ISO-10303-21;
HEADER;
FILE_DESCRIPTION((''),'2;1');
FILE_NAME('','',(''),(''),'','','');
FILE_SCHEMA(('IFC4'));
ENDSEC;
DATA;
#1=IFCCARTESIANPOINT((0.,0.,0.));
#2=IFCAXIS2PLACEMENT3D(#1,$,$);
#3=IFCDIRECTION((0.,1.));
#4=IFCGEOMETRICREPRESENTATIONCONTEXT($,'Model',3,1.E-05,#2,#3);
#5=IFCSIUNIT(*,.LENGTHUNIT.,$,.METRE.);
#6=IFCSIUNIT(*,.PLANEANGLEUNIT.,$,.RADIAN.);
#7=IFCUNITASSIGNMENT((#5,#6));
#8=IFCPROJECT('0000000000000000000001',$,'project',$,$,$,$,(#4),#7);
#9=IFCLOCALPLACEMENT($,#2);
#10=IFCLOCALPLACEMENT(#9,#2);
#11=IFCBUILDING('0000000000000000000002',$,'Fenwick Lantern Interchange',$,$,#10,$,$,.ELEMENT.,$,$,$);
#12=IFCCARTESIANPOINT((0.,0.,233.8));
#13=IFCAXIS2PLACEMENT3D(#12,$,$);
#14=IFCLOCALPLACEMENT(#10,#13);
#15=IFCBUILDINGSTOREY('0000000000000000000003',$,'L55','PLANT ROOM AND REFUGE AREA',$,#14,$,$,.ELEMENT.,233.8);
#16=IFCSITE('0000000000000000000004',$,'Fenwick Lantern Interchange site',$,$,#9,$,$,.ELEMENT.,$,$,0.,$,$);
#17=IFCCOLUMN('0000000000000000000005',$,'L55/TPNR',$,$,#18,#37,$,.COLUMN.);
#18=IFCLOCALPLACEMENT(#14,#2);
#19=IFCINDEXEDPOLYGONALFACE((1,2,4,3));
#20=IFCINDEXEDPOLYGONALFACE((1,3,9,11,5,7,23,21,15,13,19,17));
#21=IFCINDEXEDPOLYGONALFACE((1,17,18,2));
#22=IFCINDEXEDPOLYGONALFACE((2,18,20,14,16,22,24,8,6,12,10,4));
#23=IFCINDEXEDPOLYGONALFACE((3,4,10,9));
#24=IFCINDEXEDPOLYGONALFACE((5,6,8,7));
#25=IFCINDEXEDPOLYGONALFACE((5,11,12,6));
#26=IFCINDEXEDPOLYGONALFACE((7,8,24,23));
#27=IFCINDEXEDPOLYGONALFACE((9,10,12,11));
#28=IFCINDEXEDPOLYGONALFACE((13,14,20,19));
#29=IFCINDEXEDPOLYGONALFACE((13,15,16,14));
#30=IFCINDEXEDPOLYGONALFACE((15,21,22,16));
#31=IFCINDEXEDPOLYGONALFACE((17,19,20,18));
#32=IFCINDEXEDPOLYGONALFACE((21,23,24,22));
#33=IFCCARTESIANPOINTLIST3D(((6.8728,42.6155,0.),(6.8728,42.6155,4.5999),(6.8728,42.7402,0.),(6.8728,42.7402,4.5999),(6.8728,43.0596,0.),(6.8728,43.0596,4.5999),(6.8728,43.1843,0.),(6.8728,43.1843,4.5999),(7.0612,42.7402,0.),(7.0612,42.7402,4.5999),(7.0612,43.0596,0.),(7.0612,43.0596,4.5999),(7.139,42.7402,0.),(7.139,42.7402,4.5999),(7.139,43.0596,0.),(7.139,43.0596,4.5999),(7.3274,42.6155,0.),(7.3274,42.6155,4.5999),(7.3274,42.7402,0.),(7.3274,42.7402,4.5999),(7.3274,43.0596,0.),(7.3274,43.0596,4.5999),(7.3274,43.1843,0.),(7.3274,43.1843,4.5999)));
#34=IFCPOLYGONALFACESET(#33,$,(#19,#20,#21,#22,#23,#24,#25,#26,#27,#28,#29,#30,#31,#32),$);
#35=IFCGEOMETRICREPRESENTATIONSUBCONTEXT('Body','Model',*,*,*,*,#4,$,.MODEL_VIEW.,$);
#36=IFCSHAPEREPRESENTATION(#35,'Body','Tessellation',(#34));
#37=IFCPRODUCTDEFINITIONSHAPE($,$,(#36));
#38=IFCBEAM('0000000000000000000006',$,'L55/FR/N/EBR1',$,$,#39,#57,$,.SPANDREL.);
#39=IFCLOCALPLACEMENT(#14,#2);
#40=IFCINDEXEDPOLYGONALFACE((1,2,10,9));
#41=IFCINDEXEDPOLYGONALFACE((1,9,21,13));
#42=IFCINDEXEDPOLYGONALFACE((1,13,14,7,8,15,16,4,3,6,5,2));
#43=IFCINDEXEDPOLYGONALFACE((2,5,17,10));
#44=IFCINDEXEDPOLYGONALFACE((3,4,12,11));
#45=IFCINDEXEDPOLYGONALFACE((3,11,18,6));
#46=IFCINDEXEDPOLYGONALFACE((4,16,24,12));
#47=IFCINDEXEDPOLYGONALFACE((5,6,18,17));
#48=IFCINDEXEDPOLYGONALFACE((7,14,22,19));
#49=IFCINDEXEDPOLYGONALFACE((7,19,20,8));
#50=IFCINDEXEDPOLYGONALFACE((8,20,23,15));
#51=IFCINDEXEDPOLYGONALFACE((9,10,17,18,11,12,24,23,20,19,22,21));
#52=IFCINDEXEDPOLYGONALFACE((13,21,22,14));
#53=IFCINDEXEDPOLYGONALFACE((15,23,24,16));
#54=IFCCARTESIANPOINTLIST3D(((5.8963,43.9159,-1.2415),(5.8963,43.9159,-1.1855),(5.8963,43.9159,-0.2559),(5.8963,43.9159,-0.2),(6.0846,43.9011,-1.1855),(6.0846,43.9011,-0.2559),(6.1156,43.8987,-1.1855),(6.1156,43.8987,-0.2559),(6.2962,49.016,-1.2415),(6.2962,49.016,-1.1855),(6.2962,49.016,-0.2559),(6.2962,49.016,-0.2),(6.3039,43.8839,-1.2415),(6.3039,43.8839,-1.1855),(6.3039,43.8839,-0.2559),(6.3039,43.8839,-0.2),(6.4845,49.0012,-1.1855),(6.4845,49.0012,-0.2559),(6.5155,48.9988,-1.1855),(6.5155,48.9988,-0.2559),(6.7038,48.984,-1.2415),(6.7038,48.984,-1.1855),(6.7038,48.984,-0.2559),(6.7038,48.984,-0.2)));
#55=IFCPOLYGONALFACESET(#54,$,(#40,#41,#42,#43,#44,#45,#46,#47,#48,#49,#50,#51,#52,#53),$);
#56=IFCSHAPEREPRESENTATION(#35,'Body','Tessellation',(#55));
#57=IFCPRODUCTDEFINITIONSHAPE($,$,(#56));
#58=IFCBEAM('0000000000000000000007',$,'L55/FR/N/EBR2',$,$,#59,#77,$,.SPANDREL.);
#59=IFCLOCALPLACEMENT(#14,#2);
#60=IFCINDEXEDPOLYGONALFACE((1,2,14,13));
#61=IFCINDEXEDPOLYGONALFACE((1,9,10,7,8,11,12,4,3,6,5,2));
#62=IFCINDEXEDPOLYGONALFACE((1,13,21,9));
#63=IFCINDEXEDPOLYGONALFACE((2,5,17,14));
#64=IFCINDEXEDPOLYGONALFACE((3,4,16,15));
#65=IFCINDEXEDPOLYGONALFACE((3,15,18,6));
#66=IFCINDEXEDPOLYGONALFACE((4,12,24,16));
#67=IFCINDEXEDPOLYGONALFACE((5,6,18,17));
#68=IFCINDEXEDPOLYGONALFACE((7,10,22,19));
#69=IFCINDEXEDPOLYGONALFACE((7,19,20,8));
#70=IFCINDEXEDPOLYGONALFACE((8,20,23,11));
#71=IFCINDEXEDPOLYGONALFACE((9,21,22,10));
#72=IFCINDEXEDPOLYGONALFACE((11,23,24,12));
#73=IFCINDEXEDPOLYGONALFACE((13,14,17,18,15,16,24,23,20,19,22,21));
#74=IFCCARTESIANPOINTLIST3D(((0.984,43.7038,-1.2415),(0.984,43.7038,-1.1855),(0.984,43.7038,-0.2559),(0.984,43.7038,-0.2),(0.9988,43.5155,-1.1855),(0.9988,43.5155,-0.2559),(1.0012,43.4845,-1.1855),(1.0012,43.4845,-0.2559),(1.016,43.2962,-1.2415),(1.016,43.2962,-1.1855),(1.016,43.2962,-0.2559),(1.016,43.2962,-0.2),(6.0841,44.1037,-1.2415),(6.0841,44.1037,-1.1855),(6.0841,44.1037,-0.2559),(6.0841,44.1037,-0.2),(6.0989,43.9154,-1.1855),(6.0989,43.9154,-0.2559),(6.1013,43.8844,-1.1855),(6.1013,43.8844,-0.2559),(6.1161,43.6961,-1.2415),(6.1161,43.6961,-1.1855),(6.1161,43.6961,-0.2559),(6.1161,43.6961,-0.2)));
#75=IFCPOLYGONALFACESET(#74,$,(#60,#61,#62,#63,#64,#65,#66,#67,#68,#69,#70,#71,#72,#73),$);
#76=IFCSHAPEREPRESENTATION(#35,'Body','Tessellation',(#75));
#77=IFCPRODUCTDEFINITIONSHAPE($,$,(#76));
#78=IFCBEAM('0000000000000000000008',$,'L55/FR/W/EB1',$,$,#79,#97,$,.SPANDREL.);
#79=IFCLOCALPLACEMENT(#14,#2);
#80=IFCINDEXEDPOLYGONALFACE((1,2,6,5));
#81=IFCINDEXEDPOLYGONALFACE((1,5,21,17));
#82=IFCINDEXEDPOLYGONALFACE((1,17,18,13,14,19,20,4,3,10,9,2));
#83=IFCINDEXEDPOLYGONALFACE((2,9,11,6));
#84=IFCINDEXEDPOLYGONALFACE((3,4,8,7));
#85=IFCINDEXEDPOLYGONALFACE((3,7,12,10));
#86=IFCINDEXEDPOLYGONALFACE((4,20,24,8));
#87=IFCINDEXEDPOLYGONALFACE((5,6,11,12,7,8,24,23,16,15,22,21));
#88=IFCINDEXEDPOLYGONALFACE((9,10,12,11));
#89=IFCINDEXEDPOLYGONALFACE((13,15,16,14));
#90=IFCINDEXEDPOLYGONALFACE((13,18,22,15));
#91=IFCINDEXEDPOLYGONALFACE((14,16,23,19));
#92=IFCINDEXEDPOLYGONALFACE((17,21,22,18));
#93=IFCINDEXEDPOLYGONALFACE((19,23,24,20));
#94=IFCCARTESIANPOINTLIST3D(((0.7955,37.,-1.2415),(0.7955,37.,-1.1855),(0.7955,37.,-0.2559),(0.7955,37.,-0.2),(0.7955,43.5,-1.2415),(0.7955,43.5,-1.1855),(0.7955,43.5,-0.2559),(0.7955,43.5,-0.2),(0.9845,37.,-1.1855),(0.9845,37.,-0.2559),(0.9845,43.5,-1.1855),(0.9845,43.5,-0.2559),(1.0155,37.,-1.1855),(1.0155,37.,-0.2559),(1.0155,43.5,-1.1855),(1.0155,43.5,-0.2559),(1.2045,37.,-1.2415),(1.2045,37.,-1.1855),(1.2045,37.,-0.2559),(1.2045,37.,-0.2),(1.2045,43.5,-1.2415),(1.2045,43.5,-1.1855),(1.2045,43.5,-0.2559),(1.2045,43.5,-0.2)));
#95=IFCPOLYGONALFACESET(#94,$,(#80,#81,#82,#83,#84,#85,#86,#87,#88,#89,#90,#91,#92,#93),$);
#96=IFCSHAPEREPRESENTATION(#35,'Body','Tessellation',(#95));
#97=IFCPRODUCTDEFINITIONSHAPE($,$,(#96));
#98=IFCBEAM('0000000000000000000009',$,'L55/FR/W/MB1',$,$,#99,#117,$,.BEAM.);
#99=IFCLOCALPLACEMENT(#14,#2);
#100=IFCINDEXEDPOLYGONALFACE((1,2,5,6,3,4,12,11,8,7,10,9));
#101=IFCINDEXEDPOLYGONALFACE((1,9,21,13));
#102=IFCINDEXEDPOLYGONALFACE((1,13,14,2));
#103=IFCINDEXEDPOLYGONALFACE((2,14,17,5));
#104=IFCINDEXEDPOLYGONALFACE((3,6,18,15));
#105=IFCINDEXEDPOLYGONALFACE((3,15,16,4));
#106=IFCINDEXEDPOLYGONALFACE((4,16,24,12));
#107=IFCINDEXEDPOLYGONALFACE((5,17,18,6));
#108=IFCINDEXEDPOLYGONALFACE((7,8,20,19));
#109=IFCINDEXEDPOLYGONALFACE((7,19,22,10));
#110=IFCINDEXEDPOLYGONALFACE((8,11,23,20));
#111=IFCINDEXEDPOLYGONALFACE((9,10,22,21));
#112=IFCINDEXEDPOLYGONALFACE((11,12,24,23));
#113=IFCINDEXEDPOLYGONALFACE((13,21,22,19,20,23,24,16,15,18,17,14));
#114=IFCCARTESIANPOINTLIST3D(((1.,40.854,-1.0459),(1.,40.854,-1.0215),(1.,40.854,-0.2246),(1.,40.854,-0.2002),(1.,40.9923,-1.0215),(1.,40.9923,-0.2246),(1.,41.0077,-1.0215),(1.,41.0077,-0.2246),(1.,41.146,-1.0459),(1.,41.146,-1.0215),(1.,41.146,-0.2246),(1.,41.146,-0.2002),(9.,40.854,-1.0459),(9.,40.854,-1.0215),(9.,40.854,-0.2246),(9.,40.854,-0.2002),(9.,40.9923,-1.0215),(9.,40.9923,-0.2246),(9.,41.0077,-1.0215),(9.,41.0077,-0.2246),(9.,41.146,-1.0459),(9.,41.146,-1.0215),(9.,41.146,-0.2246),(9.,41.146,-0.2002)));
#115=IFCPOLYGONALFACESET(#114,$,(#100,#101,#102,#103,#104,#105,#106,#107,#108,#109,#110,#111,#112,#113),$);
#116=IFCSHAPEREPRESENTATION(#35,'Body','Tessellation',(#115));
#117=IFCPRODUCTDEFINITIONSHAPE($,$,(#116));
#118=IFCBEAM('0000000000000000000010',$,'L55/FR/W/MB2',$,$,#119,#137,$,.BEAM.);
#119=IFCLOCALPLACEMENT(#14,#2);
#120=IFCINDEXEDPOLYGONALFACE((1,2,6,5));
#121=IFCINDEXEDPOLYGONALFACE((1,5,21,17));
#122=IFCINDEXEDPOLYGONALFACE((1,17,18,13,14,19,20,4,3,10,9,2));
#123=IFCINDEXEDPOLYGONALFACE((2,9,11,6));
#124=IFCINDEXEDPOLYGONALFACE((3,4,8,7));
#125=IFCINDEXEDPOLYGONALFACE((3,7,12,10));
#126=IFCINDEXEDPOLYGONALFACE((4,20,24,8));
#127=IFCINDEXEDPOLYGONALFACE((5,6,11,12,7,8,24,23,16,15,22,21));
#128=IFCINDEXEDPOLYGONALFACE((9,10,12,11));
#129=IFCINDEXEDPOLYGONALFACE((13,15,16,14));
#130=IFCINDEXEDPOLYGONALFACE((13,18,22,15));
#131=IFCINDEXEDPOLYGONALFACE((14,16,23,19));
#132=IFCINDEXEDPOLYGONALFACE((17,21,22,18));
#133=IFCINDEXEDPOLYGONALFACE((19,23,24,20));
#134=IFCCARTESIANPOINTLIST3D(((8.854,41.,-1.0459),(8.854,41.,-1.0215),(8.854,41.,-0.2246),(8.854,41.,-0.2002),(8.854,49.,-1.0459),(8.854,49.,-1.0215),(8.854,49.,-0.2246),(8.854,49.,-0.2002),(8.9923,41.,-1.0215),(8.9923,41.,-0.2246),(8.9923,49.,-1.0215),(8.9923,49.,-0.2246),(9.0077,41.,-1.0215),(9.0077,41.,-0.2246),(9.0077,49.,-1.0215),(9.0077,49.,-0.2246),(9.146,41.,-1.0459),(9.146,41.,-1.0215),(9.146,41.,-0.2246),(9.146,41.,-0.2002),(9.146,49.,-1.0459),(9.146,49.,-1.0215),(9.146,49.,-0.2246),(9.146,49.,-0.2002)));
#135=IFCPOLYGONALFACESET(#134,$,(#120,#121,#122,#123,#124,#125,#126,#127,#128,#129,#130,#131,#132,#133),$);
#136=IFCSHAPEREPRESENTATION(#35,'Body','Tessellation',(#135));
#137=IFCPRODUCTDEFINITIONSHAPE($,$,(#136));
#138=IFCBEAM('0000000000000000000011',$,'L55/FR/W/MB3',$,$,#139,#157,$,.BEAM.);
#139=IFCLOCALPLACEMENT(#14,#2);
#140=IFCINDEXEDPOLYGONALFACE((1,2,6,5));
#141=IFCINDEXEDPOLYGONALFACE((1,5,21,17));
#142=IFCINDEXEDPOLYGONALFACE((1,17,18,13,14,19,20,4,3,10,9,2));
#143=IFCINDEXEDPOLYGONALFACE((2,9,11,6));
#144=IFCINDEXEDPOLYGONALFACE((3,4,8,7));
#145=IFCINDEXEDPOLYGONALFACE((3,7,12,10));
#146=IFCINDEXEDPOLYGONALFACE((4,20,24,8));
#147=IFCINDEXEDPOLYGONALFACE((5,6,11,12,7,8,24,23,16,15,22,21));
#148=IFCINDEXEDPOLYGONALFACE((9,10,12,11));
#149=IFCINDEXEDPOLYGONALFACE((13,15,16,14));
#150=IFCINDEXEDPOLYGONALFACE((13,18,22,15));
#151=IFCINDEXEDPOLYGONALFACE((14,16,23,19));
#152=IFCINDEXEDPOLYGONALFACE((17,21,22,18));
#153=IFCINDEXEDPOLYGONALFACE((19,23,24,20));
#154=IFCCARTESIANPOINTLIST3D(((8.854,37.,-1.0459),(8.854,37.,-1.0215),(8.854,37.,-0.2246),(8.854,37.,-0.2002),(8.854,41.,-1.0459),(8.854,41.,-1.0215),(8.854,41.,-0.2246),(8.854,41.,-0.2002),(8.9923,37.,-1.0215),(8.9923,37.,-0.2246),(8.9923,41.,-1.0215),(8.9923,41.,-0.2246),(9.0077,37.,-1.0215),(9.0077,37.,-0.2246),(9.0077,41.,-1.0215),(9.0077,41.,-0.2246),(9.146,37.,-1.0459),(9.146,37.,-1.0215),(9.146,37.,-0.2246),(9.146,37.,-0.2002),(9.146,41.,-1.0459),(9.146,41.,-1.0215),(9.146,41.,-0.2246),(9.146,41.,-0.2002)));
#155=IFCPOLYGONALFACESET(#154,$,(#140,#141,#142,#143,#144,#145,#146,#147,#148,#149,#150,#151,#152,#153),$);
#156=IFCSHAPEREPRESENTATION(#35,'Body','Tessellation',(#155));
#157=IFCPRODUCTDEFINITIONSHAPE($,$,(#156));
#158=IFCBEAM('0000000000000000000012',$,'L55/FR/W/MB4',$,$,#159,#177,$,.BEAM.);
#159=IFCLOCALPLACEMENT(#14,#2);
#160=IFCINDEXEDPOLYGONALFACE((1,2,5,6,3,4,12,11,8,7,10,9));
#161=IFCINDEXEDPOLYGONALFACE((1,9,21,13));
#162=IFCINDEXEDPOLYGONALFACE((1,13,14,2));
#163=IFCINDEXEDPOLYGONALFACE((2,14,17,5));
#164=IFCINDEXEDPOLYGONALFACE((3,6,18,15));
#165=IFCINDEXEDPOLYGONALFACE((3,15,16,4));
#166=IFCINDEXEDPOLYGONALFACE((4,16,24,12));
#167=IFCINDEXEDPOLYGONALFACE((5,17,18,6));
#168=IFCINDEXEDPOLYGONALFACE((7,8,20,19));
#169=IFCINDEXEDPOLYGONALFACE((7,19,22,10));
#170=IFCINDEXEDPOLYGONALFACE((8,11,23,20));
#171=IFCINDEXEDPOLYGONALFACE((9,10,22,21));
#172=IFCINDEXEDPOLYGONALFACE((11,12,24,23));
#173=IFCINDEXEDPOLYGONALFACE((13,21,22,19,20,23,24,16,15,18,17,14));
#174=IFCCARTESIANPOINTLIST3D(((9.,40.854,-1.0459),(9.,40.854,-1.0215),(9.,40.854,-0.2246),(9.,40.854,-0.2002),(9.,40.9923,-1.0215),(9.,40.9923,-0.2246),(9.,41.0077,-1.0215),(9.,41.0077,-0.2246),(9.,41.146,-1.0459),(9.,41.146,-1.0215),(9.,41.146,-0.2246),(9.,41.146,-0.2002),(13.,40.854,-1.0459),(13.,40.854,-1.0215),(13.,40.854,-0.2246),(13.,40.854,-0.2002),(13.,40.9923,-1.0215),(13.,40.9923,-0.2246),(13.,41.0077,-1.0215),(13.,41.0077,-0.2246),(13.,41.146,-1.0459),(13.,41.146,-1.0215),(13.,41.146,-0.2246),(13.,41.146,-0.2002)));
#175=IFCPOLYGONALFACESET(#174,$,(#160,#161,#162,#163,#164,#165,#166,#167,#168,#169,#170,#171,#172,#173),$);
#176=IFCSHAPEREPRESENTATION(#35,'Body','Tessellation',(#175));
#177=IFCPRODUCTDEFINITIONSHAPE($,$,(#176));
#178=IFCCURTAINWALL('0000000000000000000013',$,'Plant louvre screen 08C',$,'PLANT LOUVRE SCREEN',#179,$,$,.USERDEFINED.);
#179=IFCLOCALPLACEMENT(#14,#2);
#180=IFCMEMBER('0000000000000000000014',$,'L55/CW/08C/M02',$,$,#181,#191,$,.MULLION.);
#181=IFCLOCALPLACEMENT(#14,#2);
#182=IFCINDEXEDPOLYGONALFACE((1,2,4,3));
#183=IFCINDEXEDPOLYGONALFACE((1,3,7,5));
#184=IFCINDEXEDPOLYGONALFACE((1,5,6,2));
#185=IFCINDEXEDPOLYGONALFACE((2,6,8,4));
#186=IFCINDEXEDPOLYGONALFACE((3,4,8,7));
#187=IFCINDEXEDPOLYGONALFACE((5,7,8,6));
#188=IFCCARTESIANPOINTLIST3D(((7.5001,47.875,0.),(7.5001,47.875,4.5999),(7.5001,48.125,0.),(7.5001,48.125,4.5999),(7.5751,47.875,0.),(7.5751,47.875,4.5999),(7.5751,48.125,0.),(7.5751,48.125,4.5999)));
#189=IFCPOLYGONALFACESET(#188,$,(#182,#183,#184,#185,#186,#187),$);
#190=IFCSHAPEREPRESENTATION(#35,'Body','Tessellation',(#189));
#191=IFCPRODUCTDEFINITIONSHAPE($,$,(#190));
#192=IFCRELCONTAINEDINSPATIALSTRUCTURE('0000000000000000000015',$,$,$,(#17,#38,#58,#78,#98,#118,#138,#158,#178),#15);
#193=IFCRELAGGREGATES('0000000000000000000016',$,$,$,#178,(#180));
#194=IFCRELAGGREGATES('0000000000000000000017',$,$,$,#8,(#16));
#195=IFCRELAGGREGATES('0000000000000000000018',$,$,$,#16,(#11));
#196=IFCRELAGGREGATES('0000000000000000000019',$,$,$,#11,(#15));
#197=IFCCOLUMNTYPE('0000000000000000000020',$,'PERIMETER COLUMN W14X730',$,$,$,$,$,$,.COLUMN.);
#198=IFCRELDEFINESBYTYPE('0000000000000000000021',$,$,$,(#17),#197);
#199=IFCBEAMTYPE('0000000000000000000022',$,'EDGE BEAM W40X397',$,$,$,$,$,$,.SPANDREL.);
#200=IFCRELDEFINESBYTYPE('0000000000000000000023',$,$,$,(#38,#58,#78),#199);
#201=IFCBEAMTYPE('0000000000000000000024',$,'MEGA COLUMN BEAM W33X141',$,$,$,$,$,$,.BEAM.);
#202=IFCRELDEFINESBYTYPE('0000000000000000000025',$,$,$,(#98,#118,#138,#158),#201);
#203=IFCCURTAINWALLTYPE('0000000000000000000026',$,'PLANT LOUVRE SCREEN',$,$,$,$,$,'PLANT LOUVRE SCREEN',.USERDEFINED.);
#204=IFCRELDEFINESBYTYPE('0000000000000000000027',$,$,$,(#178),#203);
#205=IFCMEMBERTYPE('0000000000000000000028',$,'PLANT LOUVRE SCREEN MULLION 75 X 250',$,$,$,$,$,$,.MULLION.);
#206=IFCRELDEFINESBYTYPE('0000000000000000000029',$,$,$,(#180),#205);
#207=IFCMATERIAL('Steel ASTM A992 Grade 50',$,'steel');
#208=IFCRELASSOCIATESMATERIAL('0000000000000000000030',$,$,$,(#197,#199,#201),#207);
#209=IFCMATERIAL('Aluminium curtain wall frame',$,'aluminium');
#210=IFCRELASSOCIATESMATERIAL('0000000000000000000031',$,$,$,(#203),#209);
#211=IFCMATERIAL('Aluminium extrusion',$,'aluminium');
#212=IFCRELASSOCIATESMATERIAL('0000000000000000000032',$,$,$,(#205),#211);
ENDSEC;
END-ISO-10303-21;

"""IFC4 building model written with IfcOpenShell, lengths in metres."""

from ifc_helpers import new_model, si_unit, direction, frame, origin, origin_2d, place, context, subcontext, project, spatial, rectangle, i_section, extrude, material, material_profile, profile_set, type_object, element, aggregate, save


model = new_model("IFC4")

# Units and contexts
model_context = context("Model", 3, precision=1e-05, world=origin(), true_north=direction((0.0, 1.0)))
body_context = subcontext(model_context, "Body", "Model", "MODEL_VIEW")
ifc_project = project(units=[si_unit("LENGTHUNIT", "METRE"), si_unit("PLANEANGLEUNIT", "RADIAN")], contexts=[model_context])

# Site, building, storey
site_placement = place(None, origin())
site = spatial("IfcSite", under=ifc_project, at=site_placement, Name="Fenwick Lantern Interchange site", CompositionType="ELEMENT", RefElevation=0.0)
building_placement = place(site_placement, origin())
building = spatial("IfcBuilding", under=site, at=building_placement, Name="Fenwick Lantern Interchange", CompositionType="ELEMENT")
storey_placement = place(building_placement, frame((0.0, 0.0, 233.8)))
storey = spatial("IfcBuildingStorey", under=building, at=storey_placement, Name="L55", Description="PLANT ROOM AND REFUGE AREA", CompositionType="ELEMENT", Elevation=233.8)

# Column
ifc_material_1 = material(Name="Steel ASTM A992 Grade 50", Category="steel")
ifc_material_profile_1 = material_profile(ifc_material_1, i_section(OverallWidth=0.4546, OverallDepth=0.5688, WebThickness=0.0779, FlangeThickness=0.1248, at=origin_2d()), Name="W14X730")
ifc_profile_set_1 = profile_set([ifc_material_profile_1], Name="Steel ASTM A992 Grade 50")
column_type = type_object("IfcColumnType", Name="PERIMETER COLUMN W14X730", PredefinedType="COLUMN", material=ifc_profile_set_1)
column_placement = place(storey_placement, frame((7.1001, 42.8999, 0.0), z_axis=(0.0, 0.0, 1.0), x_axis=(1.0, 0.0, 0.0)))
element("IfcColumn", 1, at=column_placement, inside=storey, type_object=column_type, Name="L55/TPNR", PredefinedType="COLUMN", context=body_context, shape_type="SweptSolid", body=[
    extrude(i_section(OverallWidth=0.4546, OverallDepth=0.5688, WebThickness=0.0779, FlangeThickness=0.1248, at=origin_2d()), origin(), (0.0, 0.0, 1.0), 4.5999),
])

# Beams
ifc_material_profile_2 = material_profile(ifc_material_1, i_section(OverallWidth=0.4089, OverallDepth=1.0415, WebThickness=0.031, FlangeThickness=0.0559, at=origin_2d()), Name="W40X397")
ifc_profile_set_2 = profile_set([ifc_material_profile_2], Name="Steel ASTM A992 Grade 50")
beam_type_1 = type_object("IfcBeamType", Name="EDGE BEAM W40X397", PredefinedType="SPANDREL", material=ifc_profile_set_2)
for number, where, z_axis, x_axis, name in (
    (2, (6.5, 49.0, -0.7207), (-0.078171, -0.99694, 0.0), (0.99694, -0.078171, 0.0), "L55/FR/N/EBR1"),
    (3, (6.1001, 43.8999, -0.7207), (-0.99694, -0.078171, 0.0), (0.078171, -0.99694, 0.0), "L55/FR/N/EBR2"),
):
    element("IfcBeam", number, at=place(storey_placement, frame(where, z_axis=z_axis, x_axis=x_axis)), inside=storey, type_object=beam_type_1, Name=name, PredefinedType="SPANDREL", context=body_context, shape_type="SweptSolid", body=[
        extrude(i_section(OverallWidth=0.4089, OverallDepth=1.0415, WebThickness=0.031, FlangeThickness=0.0559, at=origin_2d()), origin(), (0.0, 0.0, 1.0), 5.1157),
    ])
beam_placement = place(storey_placement, frame((1.0, 43.5, -0.7207), z_axis=(0.0, -1.0, 0.0), x_axis=(1.0, 0.0, 0.0)))
element("IfcBeam", 4, at=beam_placement, inside=storey, type_object=beam_type_1, Name="L55/FR/W/EB1", PredefinedType="SPANDREL", context=body_context, shape_type="SweptSolid", body=[
    extrude(i_section(OverallWidth=0.4089, OverallDepth=1.0415, WebThickness=0.031, FlangeThickness=0.0559, at=origin_2d()), origin(), (0.0, 0.0, 1.0), 6.5),
])
ifc_material_profile_3 = material_profile(ifc_material_1, i_section(OverallWidth=0.292, OverallDepth=0.8457, WebThickness=0.0154, FlangeThickness=0.0244, at=origin_2d()), Name="W33X141")
ifc_profile_set_3 = profile_set([ifc_material_profile_3], Name="Steel ASTM A992 Grade 50")
beam_type_2 = type_object("IfcBeamType", Name="MEGA COLUMN BEAM W33X141", PredefinedType="BEAM", material=ifc_profile_set_3)
for number, where, z_axis, x_axis, name in (
    (5, (9.0, 41.0, -0.623), (-1.0, 0.0, 0.0), (0.0, -1.0, 0.0), "L55/FR/W/MB1"),
    (6, (9.0, 41.0, -0.623), (0.0, 1.0, 0.0), (-1.0, 0.0, 0.0), "L55/FR/W/MB2"),
):
    element("IfcBeam", number, at=place(storey_placement, frame(where, z_axis=z_axis, x_axis=x_axis)), inside=storey, type_object=beam_type_2, Name=name, PredefinedType="BEAM", context=body_context, shape_type="SweptSolid", body=[
        extrude(i_section(OverallWidth=0.292, OverallDepth=0.8457, WebThickness=0.0154, FlangeThickness=0.0244, at=origin_2d()), origin(), (0.0, 0.0, 1.0), 8.0),
    ])
for number, where, z_axis, x_axis, name in (
    (7, (9.0, 41.0, -0.623), (0.0, -1.0, 0.0), (1.0, 0.0, 0.0), "L55/FR/W/MB3"),
    (8, (9.0, 41.0, -0.623), (1.0, 0.0, 0.0), (0.0, 1.0, 0.0), "L55/FR/W/MB4"),
):
    element("IfcBeam", number, at=place(storey_placement, frame(where, z_axis=z_axis, x_axis=x_axis)), inside=storey, type_object=beam_type_2, Name=name, PredefinedType="BEAM", context=body_context, shape_type="SweptSolid", body=[
        extrude(i_section(OverallWidth=0.292, OverallDepth=0.8457, WebThickness=0.0154, FlangeThickness=0.0244, at=origin_2d()), origin(), (0.0, 0.0, 1.0), 4.0),
    ])

# Curtain wall, member
ifc_material_2 = material(Name="Aluminium curtain wall frame", Category="aluminium")
curtain_wall_type = type_object("IfcCurtainWallType", Name="PLANT LOUVRE SCREEN", ElementType="PLANT LOUVRE SCREEN", PredefinedType="USERDEFINED", material=ifc_material_2)
curtain_wall_1_placement = place(storey_placement, origin())
curtain_wall_1 = element("IfcCurtainWall", 9, at=curtain_wall_1_placement, inside=storey, type_object=curtain_wall_type, Name="Plant louvre screen 08C", ObjectType="PLANT LOUVRE SCREEN", PredefinedType="USERDEFINED")
ifc_material_3 = material(Name="Aluminium extrusion", Category="aluminium")
ifc_material_profile_4 = material_profile(ifc_material_3, rectangle(XDim=0.25, YDim=0.075, at=origin_2d()), Name="PLANT LOUVRE SCREEN MULLION 75 X 250")
ifc_profile_set_4 = profile_set([ifc_material_profile_4], Name="Aluminium extrusion")
member_type_1 = type_object("IfcMemberType", Name="PLANT LOUVRE SCREEN MULLION 75 X 250", PredefinedType="MULLION", material=ifc_profile_set_4)
member_1_placement = place(storey_placement, frame((7.5376, 48.0, 0.0), z_axis=(0.0, 0.0, 1.0), x_axis=(0.0, -1.0, 0.0)))
member_1 = element("IfcMember", 10, at=member_1_placement, type_object=member_type_1, Name="L55/CW/08C/M02", PredefinedType="MULLION", context=body_context, shape_type="SweptSolid", body=[
    extrude(rectangle(XDim=0.25, YDim=0.075, at=origin_2d()), origin(), (0.0, 0.0, 1.0), 4.5999),
])

aggregate(curtain_wall_1, [member_1])

save(model, "model.ifc")
